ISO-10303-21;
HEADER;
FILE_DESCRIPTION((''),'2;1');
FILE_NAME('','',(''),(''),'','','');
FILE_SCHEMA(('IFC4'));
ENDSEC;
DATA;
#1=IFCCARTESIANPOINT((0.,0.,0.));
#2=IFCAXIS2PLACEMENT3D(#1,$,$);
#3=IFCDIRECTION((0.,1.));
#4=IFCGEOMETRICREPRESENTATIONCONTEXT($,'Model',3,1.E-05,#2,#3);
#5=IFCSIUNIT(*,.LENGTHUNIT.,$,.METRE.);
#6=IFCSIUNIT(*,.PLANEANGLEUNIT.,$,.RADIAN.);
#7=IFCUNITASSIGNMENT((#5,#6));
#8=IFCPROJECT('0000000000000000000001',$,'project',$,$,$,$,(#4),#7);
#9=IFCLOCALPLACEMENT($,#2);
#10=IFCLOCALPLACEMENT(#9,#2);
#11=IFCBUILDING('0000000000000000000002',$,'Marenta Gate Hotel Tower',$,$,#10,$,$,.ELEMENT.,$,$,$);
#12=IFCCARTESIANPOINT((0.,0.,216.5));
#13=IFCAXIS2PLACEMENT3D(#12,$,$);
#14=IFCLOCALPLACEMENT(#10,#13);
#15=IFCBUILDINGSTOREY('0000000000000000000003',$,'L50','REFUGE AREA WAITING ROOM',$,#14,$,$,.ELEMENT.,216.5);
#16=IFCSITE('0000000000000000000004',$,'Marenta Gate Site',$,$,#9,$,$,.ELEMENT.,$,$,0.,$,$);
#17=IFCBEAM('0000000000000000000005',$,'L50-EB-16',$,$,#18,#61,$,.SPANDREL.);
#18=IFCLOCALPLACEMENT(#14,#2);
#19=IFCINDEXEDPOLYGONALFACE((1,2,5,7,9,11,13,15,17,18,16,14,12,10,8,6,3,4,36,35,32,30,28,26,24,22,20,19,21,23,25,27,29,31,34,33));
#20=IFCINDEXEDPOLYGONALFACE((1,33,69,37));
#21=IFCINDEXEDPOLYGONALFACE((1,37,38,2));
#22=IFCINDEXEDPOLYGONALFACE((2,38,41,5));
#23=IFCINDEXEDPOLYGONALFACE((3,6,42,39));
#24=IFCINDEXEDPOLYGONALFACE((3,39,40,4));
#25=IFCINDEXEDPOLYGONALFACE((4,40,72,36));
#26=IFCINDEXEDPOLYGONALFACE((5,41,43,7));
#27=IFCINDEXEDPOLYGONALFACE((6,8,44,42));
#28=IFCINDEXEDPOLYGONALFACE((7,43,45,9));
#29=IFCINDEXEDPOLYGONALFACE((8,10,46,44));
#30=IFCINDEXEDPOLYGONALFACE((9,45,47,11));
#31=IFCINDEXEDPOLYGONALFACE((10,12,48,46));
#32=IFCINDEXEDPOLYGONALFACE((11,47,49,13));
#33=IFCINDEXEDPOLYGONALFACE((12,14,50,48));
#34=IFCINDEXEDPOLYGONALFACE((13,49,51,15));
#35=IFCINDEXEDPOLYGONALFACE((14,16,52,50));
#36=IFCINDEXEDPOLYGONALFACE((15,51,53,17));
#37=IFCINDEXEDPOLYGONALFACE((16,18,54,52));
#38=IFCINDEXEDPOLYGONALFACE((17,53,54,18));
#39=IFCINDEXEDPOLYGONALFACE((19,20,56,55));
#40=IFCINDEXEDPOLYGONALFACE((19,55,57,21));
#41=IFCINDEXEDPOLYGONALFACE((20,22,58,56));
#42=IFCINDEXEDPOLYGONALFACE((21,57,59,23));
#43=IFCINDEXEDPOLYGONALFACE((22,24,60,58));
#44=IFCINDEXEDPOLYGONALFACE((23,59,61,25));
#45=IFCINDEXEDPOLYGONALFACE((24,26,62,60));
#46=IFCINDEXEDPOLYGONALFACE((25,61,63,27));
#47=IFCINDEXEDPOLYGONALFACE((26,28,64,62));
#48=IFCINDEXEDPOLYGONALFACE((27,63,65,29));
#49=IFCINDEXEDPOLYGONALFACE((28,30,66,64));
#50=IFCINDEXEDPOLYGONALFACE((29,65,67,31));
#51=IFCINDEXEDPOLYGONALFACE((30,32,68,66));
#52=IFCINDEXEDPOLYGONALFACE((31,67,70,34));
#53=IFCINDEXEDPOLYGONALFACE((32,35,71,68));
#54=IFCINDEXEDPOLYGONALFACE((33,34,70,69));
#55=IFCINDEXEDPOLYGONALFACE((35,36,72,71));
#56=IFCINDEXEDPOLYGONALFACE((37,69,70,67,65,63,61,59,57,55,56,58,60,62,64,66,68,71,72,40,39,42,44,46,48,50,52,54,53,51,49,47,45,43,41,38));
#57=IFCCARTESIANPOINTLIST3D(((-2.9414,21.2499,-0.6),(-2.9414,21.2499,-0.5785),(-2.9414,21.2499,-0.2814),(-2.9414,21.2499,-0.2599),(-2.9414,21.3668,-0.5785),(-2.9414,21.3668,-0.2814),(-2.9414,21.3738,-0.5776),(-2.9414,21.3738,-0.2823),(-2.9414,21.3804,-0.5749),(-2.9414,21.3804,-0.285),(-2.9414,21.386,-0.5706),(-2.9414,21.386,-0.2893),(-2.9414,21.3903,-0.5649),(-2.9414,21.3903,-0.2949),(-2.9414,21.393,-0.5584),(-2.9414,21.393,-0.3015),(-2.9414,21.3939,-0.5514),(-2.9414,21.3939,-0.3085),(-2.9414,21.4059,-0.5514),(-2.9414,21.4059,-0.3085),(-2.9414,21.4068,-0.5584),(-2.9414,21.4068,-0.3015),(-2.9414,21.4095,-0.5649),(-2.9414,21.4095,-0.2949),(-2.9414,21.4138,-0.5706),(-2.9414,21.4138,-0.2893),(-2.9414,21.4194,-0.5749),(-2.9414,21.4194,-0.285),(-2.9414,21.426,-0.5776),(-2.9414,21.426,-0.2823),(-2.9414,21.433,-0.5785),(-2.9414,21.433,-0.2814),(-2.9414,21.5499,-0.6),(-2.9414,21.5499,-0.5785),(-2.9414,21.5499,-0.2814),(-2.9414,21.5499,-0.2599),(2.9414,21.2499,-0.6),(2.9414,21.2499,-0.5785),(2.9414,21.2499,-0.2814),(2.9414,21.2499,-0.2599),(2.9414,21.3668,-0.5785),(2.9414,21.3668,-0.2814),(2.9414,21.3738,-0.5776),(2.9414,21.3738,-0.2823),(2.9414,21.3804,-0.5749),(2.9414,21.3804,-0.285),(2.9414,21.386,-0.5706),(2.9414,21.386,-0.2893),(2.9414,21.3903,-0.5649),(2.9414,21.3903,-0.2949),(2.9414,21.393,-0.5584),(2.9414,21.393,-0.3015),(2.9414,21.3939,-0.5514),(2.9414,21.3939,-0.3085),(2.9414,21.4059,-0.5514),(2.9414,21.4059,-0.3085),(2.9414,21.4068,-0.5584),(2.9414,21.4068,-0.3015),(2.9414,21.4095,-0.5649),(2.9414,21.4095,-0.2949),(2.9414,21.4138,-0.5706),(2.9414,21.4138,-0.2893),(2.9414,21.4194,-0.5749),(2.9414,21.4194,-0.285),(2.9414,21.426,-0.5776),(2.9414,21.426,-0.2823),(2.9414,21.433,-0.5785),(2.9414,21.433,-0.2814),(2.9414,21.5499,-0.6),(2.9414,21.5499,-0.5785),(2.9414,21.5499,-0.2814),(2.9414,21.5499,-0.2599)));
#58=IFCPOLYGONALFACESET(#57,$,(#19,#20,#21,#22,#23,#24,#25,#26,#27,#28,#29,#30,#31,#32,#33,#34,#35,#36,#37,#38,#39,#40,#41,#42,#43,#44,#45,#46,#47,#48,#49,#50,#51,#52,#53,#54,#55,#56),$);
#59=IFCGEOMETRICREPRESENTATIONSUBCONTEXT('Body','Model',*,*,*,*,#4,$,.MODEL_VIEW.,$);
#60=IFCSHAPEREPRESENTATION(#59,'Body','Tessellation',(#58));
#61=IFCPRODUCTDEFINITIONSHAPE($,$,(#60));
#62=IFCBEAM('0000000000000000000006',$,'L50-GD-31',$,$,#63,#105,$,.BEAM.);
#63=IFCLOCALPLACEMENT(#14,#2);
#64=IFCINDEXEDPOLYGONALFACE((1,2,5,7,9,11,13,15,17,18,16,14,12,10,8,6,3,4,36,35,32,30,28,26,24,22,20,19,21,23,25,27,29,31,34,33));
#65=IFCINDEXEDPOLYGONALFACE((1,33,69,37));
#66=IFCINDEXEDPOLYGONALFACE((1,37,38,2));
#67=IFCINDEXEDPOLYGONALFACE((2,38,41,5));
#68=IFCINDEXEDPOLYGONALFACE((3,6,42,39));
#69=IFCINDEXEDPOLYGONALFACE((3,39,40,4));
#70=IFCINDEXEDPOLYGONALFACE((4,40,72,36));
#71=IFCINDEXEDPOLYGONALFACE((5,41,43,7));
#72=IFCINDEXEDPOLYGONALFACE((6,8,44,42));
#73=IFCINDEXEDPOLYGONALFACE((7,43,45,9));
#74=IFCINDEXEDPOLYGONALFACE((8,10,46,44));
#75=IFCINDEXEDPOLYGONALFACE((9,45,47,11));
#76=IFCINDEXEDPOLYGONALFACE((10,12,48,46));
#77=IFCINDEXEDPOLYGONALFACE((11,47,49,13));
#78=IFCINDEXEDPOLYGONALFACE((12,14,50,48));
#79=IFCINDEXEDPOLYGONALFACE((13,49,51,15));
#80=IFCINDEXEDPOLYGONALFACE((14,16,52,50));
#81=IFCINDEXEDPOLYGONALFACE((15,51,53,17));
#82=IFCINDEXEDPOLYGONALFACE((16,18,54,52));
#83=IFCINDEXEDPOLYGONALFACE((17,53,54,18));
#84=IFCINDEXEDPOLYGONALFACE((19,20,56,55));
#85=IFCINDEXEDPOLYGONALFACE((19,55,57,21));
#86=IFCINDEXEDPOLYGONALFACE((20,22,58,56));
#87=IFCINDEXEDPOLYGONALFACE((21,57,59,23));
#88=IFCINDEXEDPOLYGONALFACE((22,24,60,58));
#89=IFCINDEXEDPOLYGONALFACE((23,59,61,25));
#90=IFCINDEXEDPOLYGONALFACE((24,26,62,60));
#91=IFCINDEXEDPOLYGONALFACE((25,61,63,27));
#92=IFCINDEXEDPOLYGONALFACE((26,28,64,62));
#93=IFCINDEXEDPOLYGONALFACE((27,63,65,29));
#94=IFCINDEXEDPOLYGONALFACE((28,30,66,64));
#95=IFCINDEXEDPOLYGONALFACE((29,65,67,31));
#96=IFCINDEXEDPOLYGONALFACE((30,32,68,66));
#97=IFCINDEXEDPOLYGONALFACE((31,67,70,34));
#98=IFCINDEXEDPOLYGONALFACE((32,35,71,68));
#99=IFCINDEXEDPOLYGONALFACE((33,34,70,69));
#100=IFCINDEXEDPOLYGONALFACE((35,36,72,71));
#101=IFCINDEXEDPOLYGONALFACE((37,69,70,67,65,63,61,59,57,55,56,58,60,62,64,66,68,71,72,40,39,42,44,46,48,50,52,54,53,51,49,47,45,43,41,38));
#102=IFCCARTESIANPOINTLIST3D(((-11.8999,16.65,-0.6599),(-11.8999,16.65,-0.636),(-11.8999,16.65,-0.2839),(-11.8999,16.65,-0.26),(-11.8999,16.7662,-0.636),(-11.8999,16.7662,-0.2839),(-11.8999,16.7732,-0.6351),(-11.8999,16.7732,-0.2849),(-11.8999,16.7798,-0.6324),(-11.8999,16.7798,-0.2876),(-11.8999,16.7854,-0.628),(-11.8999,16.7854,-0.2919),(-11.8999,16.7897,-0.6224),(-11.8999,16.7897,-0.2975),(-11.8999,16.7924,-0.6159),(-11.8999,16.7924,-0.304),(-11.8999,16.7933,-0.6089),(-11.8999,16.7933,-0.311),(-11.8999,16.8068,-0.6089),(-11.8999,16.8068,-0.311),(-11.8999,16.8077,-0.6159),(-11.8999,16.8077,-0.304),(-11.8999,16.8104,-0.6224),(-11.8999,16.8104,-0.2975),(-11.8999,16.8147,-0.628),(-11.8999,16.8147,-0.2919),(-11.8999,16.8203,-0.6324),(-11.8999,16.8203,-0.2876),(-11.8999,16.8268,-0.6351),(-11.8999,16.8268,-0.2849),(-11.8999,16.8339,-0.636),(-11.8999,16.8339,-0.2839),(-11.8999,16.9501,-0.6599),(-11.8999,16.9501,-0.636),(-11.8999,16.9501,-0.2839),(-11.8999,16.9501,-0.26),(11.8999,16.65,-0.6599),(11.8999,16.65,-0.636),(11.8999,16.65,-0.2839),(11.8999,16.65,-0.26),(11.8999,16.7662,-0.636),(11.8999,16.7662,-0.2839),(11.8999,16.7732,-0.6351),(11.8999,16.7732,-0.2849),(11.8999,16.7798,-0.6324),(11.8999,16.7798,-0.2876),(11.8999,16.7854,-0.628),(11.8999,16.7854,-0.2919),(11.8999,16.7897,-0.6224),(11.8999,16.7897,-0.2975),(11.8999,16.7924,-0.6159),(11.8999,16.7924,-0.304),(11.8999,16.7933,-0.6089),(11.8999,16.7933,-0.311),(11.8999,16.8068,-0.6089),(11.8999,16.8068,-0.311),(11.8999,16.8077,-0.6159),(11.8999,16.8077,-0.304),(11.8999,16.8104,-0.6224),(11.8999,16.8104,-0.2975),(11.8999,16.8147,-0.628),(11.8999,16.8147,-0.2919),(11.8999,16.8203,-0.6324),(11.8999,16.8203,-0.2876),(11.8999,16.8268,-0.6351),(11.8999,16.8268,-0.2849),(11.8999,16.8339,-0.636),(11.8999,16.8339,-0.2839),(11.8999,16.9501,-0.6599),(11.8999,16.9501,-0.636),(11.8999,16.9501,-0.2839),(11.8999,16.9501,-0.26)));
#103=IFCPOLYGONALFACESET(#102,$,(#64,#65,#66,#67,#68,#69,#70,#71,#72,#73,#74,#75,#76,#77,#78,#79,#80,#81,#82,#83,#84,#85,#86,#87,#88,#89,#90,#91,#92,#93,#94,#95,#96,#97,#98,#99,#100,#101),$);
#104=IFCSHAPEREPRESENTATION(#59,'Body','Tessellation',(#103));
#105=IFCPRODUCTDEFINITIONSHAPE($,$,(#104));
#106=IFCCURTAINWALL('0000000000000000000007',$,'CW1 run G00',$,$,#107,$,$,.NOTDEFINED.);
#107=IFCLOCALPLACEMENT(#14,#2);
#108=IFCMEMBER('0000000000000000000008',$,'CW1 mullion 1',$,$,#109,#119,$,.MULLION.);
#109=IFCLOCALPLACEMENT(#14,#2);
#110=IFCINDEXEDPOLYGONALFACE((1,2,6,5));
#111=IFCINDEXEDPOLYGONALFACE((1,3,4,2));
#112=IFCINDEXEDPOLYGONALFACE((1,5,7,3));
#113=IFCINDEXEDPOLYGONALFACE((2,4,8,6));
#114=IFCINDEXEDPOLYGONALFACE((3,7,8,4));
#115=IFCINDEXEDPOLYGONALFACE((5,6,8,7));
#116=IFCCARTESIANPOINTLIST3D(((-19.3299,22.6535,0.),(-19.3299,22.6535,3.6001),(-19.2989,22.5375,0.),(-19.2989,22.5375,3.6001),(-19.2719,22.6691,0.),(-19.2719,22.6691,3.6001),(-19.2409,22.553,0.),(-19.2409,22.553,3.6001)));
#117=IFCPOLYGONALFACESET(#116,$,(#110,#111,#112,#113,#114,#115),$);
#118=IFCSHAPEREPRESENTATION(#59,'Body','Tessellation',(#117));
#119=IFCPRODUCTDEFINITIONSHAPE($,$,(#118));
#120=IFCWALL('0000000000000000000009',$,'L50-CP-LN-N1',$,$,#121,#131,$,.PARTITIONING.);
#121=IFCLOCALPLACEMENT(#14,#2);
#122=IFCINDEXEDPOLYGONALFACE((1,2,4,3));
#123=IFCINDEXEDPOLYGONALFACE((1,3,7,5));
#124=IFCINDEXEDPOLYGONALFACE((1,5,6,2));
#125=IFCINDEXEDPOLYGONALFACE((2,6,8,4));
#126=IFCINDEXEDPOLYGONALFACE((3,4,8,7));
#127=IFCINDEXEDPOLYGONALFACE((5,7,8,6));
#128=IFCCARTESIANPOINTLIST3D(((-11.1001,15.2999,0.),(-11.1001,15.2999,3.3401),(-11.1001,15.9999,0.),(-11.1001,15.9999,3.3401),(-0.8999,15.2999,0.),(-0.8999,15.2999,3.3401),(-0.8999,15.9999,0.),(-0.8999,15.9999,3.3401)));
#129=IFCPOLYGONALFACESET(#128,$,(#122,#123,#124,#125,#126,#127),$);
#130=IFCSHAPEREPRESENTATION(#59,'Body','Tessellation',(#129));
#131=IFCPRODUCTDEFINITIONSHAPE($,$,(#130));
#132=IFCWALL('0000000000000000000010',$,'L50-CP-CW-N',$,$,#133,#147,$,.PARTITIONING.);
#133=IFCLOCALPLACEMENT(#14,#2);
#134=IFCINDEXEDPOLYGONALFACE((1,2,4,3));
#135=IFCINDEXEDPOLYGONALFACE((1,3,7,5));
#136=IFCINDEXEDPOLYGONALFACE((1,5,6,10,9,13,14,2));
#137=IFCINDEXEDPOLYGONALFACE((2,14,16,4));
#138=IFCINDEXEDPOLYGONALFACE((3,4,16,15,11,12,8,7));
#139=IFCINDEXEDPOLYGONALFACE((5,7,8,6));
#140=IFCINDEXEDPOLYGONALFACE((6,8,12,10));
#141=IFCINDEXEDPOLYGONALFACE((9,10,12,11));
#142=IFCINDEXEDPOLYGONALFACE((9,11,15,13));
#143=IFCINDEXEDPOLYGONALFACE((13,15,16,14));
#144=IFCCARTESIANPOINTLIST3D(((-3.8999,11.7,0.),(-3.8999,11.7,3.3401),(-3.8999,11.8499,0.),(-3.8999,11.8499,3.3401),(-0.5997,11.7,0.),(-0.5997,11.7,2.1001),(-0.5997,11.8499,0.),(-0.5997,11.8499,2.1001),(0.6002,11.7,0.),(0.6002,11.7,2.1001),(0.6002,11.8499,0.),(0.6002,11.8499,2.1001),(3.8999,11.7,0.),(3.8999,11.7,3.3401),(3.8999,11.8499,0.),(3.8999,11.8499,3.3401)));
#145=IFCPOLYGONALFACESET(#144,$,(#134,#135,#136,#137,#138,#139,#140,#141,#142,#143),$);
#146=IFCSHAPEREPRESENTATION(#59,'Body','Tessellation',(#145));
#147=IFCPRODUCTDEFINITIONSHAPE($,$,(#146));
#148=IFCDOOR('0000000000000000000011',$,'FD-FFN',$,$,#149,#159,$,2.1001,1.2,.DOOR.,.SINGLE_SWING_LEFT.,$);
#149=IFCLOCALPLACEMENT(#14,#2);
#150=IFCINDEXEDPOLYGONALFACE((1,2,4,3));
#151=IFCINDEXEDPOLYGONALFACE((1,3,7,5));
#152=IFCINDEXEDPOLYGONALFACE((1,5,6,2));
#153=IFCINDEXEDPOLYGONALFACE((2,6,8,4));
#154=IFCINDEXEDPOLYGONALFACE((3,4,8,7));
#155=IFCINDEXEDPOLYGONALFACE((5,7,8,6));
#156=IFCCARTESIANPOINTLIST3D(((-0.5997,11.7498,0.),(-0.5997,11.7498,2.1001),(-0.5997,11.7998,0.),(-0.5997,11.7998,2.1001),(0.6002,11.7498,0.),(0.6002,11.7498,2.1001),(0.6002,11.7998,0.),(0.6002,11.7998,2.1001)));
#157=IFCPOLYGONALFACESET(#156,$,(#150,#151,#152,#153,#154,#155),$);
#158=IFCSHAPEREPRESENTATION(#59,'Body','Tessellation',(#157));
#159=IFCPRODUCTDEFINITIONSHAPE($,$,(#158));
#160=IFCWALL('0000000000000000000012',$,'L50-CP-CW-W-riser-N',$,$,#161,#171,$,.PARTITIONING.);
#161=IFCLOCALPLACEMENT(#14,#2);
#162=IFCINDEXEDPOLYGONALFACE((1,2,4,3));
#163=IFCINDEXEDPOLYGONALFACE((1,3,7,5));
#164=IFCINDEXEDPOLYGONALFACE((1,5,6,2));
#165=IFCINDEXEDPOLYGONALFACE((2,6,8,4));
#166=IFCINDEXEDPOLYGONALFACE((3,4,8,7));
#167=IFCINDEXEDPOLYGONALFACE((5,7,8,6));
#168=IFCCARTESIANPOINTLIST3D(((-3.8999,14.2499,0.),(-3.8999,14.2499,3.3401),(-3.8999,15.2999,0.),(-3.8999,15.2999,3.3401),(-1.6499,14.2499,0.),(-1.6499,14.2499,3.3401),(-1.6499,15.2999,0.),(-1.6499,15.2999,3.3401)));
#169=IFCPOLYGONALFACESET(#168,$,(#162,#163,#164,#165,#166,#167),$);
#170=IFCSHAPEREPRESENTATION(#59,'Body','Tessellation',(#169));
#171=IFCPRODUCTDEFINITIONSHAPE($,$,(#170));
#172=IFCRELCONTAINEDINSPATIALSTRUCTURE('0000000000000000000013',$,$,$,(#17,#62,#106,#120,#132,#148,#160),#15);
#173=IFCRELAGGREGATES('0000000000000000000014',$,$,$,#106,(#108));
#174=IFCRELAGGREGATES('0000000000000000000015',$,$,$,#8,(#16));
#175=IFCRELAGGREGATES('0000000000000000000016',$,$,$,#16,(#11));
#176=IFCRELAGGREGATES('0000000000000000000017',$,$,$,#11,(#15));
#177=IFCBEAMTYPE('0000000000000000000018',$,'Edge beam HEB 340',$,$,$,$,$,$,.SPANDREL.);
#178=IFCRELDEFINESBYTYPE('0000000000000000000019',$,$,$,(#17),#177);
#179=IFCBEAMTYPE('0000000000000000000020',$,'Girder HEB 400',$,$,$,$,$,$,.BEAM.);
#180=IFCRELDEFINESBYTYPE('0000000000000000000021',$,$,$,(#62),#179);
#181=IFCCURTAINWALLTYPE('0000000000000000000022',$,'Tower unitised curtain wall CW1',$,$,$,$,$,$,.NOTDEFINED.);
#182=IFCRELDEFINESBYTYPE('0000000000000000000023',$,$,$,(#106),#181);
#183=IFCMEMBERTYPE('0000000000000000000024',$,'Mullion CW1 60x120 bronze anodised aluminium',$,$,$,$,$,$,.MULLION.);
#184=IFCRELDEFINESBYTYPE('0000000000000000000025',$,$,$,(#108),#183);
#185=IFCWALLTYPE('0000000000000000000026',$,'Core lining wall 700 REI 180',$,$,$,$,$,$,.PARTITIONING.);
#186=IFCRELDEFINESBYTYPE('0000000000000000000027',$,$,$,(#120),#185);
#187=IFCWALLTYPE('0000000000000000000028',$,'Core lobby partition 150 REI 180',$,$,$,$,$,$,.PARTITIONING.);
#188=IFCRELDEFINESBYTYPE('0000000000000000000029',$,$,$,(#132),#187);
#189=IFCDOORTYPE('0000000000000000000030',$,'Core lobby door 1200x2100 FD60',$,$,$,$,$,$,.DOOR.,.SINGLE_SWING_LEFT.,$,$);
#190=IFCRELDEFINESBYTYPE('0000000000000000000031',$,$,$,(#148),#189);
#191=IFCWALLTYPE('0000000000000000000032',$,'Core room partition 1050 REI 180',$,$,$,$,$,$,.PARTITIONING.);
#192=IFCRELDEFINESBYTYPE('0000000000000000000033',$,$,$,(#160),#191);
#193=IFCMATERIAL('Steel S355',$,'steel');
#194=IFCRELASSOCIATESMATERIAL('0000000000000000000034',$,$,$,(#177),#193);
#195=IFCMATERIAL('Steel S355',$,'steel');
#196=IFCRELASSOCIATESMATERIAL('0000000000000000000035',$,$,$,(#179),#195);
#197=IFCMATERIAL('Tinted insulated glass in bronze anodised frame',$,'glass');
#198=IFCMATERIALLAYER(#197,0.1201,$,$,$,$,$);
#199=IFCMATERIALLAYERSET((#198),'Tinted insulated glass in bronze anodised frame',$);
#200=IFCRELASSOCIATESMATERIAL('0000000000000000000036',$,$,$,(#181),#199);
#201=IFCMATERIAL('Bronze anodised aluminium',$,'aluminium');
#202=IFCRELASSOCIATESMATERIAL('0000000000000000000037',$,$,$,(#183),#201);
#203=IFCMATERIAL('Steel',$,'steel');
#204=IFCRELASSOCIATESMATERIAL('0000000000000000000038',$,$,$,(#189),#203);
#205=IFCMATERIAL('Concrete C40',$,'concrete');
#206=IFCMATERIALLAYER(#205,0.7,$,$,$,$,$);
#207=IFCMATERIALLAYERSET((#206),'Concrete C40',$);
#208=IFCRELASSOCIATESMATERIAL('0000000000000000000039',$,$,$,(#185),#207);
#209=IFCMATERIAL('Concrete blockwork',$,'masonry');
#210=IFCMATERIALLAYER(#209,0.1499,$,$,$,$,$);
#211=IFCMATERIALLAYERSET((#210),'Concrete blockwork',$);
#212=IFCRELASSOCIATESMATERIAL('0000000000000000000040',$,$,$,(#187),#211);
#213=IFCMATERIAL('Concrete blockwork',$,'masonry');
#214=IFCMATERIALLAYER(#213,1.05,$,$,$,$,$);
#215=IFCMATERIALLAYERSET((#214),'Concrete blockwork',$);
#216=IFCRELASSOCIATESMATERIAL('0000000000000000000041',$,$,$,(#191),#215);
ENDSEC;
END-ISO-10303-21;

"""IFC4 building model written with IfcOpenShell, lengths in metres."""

from ifc_helpers import new_model, si_unit, direction, frame, frame_2d, origin, origin_2d, place, context, subcontext, project, spatial, rectangle, i_section, extrude, material, layer, layer_set, material_profile, profile_set, type_object, element, fill, aggregate, save


model = new_model("IFC4")

# Units and contexts
model_context = context("Model", 3, precision=1e-05, world=origin(), true_north=direction((0.0, 1.0)))
body_context = subcontext(model_context, "Body", "Model", "MODEL_VIEW")
ifc_project = project(units=[si_unit("LENGTHUNIT", "METRE"), si_unit("PLANEANGLEUNIT", "RADIAN")], contexts=[model_context])

# Site, building, storey
site_placement = place(None, origin())
site = spatial("IfcSite", under=ifc_project, at=site_placement, Name="Marenta Gate Site", CompositionType="ELEMENT", RefElevation=0.0)
building_placement = place(site_placement, origin())
building = spatial("IfcBuilding", under=site, at=building_placement, Name="Marenta Gate Hotel Tower", CompositionType="ELEMENT")
storey_placement = place(building_placement, frame((0.0, 0.0, 216.5)))
storey = spatial("IfcBuildingStorey", under=building, at=storey_placement, Name="L50", Description="REFUGE AREA WAITING ROOM", CompositionType="ELEMENT", Elevation=216.5)

# Beams
ifc_material_1 = material(Name="Steel S355", Category="steel")
ifc_material_profile_1 = material_profile(ifc_material_1, i_section(OverallWidth=0.3, OverallDepth=0.3401, WebThickness=0.012, FlangeThickness=0.0215, FilletRadius=0.0271, at=origin_2d()), Name="HEB 340")
ifc_profile_set_1 = profile_set([ifc_material_profile_1], Name="Steel S355")
beam_type_1 = type_object("IfcBeamType", Name="Edge beam HEB 340", PredefinedType="SPANDREL", material=ifc_profile_set_1)
for number, where, z_axis, x_axis, name in (
    (1, (-2.9414, 21.3999, -0.4299), (1.0, 0.0, 0.0), (0.0, 1.0, 0.0), "L50-EB-16"),
):
    element("IfcBeam", number, at=place(storey_placement, frame(where, z_axis=z_axis, x_axis=x_axis)), inside=storey, type_object=beam_type_1, Name=name, PredefinedType="SPANDREL", context=body_context, shape_type="SweptSolid", body=[
        extrude(i_section(OverallWidth=0.3, OverallDepth=0.3401, WebThickness=0.012, FlangeThickness=0.0215, FilletRadius=0.0271, at=origin_2d()), origin(), (0.0, 0.0, 1.0), 5.8828),
    ])
ifc_material_2 = material(Name="Steel S355", Category="steel")
ifc_material_profile_2 = material_profile(ifc_material_2, i_section(OverallWidth=0.3, OverallDepth=0.3999, WebThickness=0.0134, FlangeThickness=0.0239, FilletRadius=0.0271, at=origin_2d()), Name="HEB 400")
ifc_profile_set_2 = profile_set([ifc_material_profile_2], Name="Steel S355")
beam_type_2 = type_object("IfcBeamType", Name="Girder HEB 400", PredefinedType="BEAM", material=ifc_profile_set_2)
beam_1_placement = place(storey_placement, frame((-11.8999, 16.8, -0.46), z_axis=(1.0, 0.0, 0.0), x_axis=(0.0, 1.0, 0.0)))
element("IfcBeam", 2, at=beam_1_placement, inside=storey, type_object=beam_type_2, Name="L50-GD-31", PredefinedType="BEAM", context=body_context, shape_type="SweptSolid", body=[
    extrude(i_section(OverallWidth=0.3, OverallDepth=0.3999, WebThickness=0.0134, FlangeThickness=0.0239, FilletRadius=0.0271, at=origin_2d()), origin(), (0.0, 0.0, 1.0), 23.7998),
])

# Curtain wall, member
ifc_material_3 = material(Name="Tinted insulated glass in bronze anodised frame", Category="glass")
ifc_layer_1 = layer(ifc_material_3, 0.1201)
ifc_layer_set_1 = layer_set([ifc_layer_1], Name="Tinted insulated glass in bronze anodised frame")
curtain_wall_type = type_object("IfcCurtainWallType", Name="Tower unitised curtain wall CW1", PredefinedType="NOTDEFINED", material=ifc_layer_set_1)
curtain_wall_placement = place(storey_placement, origin())
curtain_wall = element("IfcCurtainWall", 3, at=curtain_wall_placement, inside=storey, type_object=curtain_wall_type, Name="CW1 run G00", PredefinedType="NOTDEFINED")
ifc_material_4 = material(Name="Bronze anodised aluminium", Category="aluminium")
ifc_material_profile_3 = material_profile(ifc_material_4, rectangle(XDim=0.1201, YDim=0.0601, at=origin_2d()), Name="Mullion CW1 60x120 bronze anodised aluminium")
ifc_profile_set_3 = profile_set([ifc_material_profile_3], Name="Bronze anodised aluminium")
member_type = type_object("IfcMemberType", Name="Mullion CW1 60x120 bronze anodised aluminium", PredefinedType="MULLION", material=ifc_profile_set_3)
member_placement = place(storey_placement, frame((-19.2854, 22.6033, 0.0), z_axis=(0.0, 0.0, 1.0), x_axis=(0.258801, -0.965931, 0.0)))
member = element("IfcMember", 4, at=member_placement, type_object=member_type, Name="CW1 mullion 1", PredefinedType="MULLION", context=body_context, shape_type="SweptSolid", body=[
    extrude(rectangle(XDim=0.1201, YDim=0.0601, at=origin_2d()), origin(), (0.0, 0.0, 1.0), 3.6001),
])
aggregate(curtain_wall, [member])

# Shared definitions
ifc_material_5 = material(Name="Steel", Category="steel")
door_type_1 = type_object("IfcDoorType", Name="Core lobby door 1200x2100 FD60", OperationType="SINGLE_SWING_LEFT", PredefinedType="DOOR", material=ifc_material_5)

# Wall
ifc_material_6 = material(Name="Concrete C40", Category="concrete")
ifc_layer_2 = layer(ifc_material_6, 0.7)
ifc_layer_set_2 = layer_set([ifc_layer_2], Name="Concrete C40")
wall_type_1 = type_object("IfcWallType", Name="Core lining wall 700 REI 180", PredefinedType="PARTITIONING", material=ifc_layer_set_2)
wall_1_placement = place(storey_placement, frame((-11.1001, 15.6499, 0.0), z_axis=(0.0, 0.0, 1.0), x_axis=(1.0, 0.0, 0.0)))
element("IfcWall", 5, at=wall_1_placement, inside=storey, type_object=wall_type_1, Name="L50-CP-LN-N1", PredefinedType="PARTITIONING", context=body_context, shape_type="SweptSolid", body=[
    extrude(rectangle(XDim=10.2002, YDim=0.7, at=frame_2d((5.1001, 0.0))), origin(), (0.0, 0.0, 1.0), 3.3401),
])

# Wall, opening, door
ifc_material_7 = material(Name="Concrete blockwork", Category="masonry")
ifc_layer_3 = layer(ifc_material_7, 0.1499)
ifc_layer_set_3 = layer_set([ifc_layer_3], Name="Concrete blockwork")
wall_type_2 = type_object("IfcWallType", Name="Core lobby partition 150 REI 180", PredefinedType="PARTITIONING", material=ifc_layer_set_3)
wall_2_placement = place(storey_placement, frame((-3.8999, 11.7749, 0.0), z_axis=(0.0, 0.0, 1.0), x_axis=(1.0, 0.0, 0.0)))
wall_2 = element("IfcWall", 6, at=wall_2_placement, inside=storey, type_object=wall_type_2, Name="L50-CP-CW-N", PredefinedType="PARTITIONING", context=body_context, shape_type="SweptSolid", body=[
    extrude(rectangle(XDim=7.7998, YDim=0.1499, at=frame_2d((3.8999, 0.0))), origin(), (0.0, 0.0, 1.0), 3.3401),
])
opening_1_placement = place(wall_2_placement, frame((3.3, 0.0, 0.0)))
opening_1 = element("IfcOpeningElement", 7, at=opening_1_placement, cuts=wall_2, PredefinedType="OPENING", context=body_context, shape_type="SweptSolid", body=[
    extrude(rectangle(XDim=1.2, YDim=2.1001, at=frame_2d((0.6001, 1.05))), frame((0.0, 0.075, 0.0), z_axis=(0.0, -1.0, 0.0), x_axis=(1.0, 0.0, 0.0)), (0.0, 0.0, 1.0), 0.1499),
])
door_1_placement = place(opening_1_placement, origin())
door_1 = element("IfcDoor", 8, at=door_1_placement, inside=storey, type_object=door_type_1, Name="FD-FFN", OperationType="SINGLE_SWING_LEFT", OverallHeight=2.1001, OverallWidth=1.2, PredefinedType="DOOR", context=body_context, shape_type="SweptSolid", body=[
    extrude(rectangle(XDim=1.2, YDim=2.1001, at=frame_2d((0.6001, 1.05))), frame((0.0, 0.0249, 0.0), z_axis=(0.0, -1.0, 0.0), x_axis=(1.0, 0.0, 0.0)), (0.0, 0.0, 1.0), 0.05),
])
fill(opening_1, door_1)

# Wall
ifc_material_8 = material(Name="Concrete blockwork", Category="masonry")
ifc_layer_4 = layer(ifc_material_8, 1.05)
ifc_layer_set_4 = layer_set([ifc_layer_4], Name="Concrete blockwork")
wall_type_3 = type_object("IfcWallType", Name="Core room partition 1050 REI 180", PredefinedType="PARTITIONING", material=ifc_layer_set_4)
wall_3_placement = place(storey_placement, frame((-3.8999, 14.7749, 0.0), z_axis=(0.0, 0.0, 1.0), x_axis=(1.0, 0.0, 0.0)))
element("IfcWall", 9, at=wall_3_placement, inside=storey, type_object=wall_type_3, Name="L50-CP-CW-W-riser-N", PredefinedType="PARTITIONING", context=body_context, shape_type="SweptSolid", body=[
    extrude(rectangle(XDim=2.25, YDim=1.05, at=frame_2d((1.125, 0.0))), origin(), (0.0, 0.0, 1.0), 3.3401),
])

save(model, "model.ifc")
